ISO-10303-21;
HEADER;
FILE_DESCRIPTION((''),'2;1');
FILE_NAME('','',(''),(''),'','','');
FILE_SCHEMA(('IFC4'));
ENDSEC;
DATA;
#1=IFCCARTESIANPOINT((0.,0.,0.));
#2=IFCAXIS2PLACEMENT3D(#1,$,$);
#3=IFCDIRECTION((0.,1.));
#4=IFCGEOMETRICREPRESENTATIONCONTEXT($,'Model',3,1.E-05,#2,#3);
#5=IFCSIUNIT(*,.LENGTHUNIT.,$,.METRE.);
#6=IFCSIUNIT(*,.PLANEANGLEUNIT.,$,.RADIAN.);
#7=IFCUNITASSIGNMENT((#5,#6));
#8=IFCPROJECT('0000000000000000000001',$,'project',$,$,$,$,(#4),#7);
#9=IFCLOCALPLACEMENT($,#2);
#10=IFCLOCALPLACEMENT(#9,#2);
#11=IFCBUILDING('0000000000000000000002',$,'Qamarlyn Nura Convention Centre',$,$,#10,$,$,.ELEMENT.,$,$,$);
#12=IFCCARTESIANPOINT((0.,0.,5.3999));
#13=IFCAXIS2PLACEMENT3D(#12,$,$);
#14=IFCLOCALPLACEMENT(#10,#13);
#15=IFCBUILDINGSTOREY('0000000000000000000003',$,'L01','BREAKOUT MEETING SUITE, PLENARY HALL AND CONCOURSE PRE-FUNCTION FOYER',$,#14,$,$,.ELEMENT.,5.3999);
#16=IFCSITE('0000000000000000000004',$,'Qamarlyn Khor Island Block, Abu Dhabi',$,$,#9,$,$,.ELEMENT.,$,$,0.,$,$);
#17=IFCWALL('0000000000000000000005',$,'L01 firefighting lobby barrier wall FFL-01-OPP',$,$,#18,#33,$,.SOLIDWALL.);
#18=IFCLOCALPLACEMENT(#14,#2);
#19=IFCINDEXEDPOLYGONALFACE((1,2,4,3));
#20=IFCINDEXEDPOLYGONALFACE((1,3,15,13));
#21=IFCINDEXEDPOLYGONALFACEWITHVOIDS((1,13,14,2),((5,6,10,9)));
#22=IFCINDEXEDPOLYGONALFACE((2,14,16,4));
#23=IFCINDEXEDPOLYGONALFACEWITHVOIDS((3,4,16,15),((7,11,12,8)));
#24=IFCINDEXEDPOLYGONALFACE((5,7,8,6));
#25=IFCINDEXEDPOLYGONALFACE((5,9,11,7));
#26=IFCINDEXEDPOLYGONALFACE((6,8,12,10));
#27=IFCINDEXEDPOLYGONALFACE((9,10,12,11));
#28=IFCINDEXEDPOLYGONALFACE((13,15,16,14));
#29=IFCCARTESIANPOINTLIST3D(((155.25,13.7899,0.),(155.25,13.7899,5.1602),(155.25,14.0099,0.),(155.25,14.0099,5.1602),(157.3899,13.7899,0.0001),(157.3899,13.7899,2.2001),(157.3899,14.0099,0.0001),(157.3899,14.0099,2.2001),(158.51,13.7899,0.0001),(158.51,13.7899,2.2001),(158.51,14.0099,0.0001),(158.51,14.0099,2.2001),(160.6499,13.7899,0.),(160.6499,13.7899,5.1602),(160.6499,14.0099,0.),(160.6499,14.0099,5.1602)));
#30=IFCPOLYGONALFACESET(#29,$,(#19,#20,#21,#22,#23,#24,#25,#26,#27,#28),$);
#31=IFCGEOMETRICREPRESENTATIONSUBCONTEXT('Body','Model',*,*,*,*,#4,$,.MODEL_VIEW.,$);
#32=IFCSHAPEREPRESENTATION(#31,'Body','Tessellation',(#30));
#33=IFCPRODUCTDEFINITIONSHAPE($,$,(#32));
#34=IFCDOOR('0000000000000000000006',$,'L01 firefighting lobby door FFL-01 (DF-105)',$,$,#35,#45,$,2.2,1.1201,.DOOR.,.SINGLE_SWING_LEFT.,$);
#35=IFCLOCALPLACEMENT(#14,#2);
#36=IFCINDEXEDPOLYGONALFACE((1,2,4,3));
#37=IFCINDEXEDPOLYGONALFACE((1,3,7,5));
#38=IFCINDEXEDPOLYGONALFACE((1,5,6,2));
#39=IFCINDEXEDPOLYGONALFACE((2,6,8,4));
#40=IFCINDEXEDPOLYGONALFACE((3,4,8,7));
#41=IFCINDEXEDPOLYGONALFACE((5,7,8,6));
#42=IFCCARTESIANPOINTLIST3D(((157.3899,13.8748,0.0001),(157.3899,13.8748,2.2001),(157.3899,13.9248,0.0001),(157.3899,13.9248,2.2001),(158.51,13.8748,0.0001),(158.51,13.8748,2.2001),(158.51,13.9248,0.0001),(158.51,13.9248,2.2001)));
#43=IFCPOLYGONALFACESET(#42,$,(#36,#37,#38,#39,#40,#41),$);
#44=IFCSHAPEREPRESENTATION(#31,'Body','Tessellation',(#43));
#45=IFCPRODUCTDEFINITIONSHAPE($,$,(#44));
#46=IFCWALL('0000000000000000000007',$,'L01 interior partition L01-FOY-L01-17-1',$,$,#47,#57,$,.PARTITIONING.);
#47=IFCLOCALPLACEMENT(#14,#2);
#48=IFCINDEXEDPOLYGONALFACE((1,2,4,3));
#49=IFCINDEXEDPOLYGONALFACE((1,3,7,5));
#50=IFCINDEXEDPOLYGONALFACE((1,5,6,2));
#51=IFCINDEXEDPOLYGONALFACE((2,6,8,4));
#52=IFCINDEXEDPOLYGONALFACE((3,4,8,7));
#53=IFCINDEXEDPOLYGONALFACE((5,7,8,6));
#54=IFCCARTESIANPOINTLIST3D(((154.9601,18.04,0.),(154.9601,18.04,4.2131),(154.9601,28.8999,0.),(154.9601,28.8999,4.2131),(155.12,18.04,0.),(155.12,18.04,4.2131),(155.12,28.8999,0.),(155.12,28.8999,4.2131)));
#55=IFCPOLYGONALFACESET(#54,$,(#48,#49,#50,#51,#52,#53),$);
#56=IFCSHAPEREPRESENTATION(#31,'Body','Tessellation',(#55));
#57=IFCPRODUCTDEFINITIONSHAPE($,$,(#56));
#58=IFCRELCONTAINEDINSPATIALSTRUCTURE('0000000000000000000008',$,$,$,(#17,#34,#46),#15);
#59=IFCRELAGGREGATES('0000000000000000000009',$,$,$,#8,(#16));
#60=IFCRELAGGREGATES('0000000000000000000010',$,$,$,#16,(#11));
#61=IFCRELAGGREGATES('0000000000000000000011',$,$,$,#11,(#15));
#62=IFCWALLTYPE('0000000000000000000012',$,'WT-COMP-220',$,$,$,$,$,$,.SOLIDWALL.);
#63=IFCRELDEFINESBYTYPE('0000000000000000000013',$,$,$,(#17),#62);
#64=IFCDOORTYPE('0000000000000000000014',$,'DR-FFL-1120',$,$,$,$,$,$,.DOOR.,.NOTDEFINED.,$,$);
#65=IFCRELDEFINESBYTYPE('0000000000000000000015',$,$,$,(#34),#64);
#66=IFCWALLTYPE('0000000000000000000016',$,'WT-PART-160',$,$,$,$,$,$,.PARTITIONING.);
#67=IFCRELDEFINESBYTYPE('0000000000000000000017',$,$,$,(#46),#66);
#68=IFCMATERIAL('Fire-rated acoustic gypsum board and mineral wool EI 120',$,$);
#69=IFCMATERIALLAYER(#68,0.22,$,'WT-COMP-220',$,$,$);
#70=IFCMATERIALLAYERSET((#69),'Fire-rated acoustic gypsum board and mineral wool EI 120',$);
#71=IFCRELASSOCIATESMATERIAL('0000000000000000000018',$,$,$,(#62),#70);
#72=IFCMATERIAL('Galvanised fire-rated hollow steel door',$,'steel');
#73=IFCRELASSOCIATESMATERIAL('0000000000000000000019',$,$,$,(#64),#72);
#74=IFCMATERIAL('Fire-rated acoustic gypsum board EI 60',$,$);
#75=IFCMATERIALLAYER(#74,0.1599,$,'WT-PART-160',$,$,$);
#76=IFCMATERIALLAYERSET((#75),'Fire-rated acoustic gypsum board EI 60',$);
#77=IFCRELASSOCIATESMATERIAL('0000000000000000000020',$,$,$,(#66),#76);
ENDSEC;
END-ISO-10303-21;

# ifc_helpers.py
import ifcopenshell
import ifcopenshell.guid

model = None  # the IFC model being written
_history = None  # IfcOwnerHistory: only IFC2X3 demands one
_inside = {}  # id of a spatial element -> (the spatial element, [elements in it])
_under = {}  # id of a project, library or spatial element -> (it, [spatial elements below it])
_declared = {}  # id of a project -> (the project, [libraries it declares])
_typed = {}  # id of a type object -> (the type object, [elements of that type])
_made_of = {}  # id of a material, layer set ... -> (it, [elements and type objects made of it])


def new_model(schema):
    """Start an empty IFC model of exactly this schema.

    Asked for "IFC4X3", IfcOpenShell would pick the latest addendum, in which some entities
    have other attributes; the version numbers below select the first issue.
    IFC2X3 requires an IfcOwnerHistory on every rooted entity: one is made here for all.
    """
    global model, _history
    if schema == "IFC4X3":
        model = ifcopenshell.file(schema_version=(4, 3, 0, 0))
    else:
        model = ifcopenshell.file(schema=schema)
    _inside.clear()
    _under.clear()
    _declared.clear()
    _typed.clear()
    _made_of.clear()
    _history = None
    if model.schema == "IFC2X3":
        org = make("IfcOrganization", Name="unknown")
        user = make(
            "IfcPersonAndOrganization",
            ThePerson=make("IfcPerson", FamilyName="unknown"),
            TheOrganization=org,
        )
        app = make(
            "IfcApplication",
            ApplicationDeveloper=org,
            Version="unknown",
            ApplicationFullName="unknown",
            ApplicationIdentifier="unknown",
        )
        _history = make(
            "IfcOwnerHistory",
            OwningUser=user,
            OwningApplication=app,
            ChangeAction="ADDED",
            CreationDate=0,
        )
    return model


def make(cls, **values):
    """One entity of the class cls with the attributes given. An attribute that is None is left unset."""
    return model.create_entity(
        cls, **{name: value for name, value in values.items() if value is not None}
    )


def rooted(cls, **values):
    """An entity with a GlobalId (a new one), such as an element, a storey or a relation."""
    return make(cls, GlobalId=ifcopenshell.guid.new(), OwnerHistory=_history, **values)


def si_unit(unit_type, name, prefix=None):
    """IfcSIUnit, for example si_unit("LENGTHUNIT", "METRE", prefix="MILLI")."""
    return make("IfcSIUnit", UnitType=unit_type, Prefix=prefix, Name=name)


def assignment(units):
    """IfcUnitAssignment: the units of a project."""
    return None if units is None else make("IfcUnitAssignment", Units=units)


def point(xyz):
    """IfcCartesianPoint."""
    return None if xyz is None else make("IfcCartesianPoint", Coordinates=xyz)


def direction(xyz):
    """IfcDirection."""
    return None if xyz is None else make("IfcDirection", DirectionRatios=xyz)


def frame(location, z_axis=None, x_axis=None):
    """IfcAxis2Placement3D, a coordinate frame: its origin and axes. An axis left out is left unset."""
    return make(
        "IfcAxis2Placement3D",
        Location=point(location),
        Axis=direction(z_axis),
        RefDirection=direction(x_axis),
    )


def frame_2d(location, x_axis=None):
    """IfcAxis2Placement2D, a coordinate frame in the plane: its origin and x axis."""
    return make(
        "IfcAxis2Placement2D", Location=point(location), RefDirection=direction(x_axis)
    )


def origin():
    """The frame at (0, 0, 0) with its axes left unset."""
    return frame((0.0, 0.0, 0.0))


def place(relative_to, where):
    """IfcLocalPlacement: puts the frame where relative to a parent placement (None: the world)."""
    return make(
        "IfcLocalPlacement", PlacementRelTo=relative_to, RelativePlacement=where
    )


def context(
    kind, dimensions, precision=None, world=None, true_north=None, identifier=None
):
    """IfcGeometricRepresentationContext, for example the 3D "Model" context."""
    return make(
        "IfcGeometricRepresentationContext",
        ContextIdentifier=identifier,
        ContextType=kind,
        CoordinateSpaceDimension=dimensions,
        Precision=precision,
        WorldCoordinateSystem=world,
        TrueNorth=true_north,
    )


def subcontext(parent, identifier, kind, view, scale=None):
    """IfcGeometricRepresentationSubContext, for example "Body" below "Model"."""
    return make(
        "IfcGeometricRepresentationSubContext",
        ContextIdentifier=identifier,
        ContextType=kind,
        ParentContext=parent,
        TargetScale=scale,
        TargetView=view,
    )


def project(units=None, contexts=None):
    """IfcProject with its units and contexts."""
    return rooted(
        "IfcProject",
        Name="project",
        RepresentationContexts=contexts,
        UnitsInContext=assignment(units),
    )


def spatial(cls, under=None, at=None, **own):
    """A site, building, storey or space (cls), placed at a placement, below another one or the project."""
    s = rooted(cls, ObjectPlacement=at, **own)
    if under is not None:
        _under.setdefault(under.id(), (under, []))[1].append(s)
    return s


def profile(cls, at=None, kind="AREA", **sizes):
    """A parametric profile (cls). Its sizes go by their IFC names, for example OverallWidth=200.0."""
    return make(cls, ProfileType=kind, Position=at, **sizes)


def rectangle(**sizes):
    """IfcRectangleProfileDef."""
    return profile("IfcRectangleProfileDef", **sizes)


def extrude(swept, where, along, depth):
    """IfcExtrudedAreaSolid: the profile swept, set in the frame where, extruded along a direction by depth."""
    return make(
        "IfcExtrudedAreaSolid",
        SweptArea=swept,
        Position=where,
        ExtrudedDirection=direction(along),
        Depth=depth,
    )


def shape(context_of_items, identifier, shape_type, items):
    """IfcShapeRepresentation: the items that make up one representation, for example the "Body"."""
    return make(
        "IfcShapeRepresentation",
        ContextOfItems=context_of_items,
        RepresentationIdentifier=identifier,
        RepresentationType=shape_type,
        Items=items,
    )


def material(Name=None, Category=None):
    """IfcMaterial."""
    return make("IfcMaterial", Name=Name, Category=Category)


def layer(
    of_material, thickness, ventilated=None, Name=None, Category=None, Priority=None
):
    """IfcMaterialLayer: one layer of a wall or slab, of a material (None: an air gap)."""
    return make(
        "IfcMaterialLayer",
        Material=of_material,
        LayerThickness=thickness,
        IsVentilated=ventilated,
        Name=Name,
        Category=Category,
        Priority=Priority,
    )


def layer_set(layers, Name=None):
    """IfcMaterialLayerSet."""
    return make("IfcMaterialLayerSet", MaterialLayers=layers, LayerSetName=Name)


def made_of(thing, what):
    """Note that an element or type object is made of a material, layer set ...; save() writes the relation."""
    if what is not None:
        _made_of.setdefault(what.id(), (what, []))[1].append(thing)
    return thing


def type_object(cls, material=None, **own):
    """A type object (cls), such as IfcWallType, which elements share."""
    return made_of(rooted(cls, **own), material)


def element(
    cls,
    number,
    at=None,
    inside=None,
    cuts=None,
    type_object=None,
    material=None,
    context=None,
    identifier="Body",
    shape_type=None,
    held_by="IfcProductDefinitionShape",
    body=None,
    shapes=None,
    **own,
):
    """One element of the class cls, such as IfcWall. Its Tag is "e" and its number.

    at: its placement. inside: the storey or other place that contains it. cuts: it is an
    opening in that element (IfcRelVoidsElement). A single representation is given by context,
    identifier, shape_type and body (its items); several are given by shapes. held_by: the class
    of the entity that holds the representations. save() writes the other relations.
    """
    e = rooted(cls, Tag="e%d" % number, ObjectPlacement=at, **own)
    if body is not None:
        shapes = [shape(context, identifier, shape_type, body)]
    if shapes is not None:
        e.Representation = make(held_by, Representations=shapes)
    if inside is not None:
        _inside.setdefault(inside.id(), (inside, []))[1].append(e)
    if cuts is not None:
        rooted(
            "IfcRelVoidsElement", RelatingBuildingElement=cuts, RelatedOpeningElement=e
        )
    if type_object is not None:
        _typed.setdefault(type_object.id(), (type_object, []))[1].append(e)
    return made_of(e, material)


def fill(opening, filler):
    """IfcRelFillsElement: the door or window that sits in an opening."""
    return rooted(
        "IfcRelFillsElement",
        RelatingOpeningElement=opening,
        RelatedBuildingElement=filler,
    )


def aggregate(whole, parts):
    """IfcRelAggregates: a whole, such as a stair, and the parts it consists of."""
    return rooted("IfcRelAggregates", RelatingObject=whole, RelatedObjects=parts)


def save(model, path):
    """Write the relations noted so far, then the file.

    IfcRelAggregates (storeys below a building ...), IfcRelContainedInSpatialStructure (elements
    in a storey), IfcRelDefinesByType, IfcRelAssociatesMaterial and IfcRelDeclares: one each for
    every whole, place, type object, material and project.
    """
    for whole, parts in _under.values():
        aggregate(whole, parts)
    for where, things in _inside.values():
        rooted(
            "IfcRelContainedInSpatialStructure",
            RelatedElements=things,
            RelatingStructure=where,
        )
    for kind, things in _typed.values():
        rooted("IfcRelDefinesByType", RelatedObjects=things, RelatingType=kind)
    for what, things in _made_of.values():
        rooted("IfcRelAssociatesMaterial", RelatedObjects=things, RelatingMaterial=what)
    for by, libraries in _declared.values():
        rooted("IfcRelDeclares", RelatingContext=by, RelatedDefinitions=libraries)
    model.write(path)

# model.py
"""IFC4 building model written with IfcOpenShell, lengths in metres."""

from ifc_helpers import new_model, si_unit, direction, frame, frame_2d, origin, place, context, subcontext, project, spatial, rectangle, extrude, material, layer, layer_set, type_object, element, fill, save


model = new_model("IFC4")

# Units and contexts
model_context = context("Model", 3, precision=1e-05, world=origin(), true_north=direction((0.0, 1.0)))
body_context = subcontext(model_context, "Body", "Model", "MODEL_VIEW")
ifc_project = project(units=[si_unit("LENGTHUNIT", "METRE"), si_unit("PLANEANGLEUNIT", "RADIAN")], contexts=[model_context])

# Site, building, storey
site_placement = place(None, origin())
site = spatial("IfcSite", under=ifc_project, at=site_placement, Name="Qamarlyn Khor Island Block, Abu Dhabi", CompositionType="ELEMENT", RefElevation=0.0)
building_placement = place(site_placement, origin())
building = spatial("IfcBuilding", under=site, at=building_placement, Name="Qamarlyn Nura Convention Centre", CompositionType="ELEMENT")
storey_placement = place(building_placement, frame((0.0, 0.0, 5.3999)))
storey = spatial("IfcBuildingStorey", under=building, at=storey_placement, Name="L01", Description="BREAKOUT MEETING SUITE, PLENARY HALL AND CONCOURSE PRE-FUNCTION FOYER", CompositionType="ELEMENT", Elevation=5.3999)

# Wall, opening, door
ifc_material_1 = material(Name="Fire-rated acoustic gypsum board and mineral wool EI 120")
ifc_layer_1 = layer(ifc_material_1, 0.22, Name="WT-COMP-220")
ifc_layer_set_1 = layer_set([ifc_layer_1], Name="Fire-rated acoustic gypsum board and mineral wool EI 120")
wall_type_1 = type_object("IfcWallType", Name="WT-COMP-220", PredefinedType="SOLIDWALL", material=ifc_layer_set_1)
wall_1_placement = place(storey_placement, frame((155.25, 13.8999, 0.0), z_axis=(0.0, 0.0, 1.0), x_axis=(1.0, 0.0, 0.0)))
wall_1 = element("IfcWall", 1, at=wall_1_placement, inside=storey, type_object=wall_type_1, Name="L01 firefighting lobby barrier wall FFL-01-OPP", PredefinedType="SOLIDWALL", context=body_context, shape_type="SweptSolid", body=[
    extrude(rectangle(XDim=5.3999, YDim=0.22, at=frame_2d((2.7, 0.0))), origin(), (0.0, 0.0, 1.0), 5.1602),
])
opening_placement = place(wall_1_placement, frame((2.1399, 0.0, 0.0)))
opening = element("IfcOpeningElement", 2, at=opening_placement, cuts=wall_1, PredefinedType="OPENING", context=body_context, shape_type="SweptSolid", body=[
    extrude(rectangle(XDim=1.1201, YDim=2.2, at=frame_2d((0.5601, 1.1001))), frame((0.0, 0.1201, 0.0), z_axis=(0.0, -1.0, 0.0), x_axis=(1.0, 0.0, 0.0)), (0.0, 0.0, 1.0), 0.24),
])
ifc_material_2 = material(Name="Galvanised fire-rated hollow steel door", Category="steel")
door_type = type_object("IfcDoorType", Name="DR-FFL-1120", OperationType="NOTDEFINED", PredefinedType="DOOR", material=ifc_material_2)
door_placement = place(opening_placement, origin())
door = element("IfcDoor", 3, at=door_placement, inside=storey, type_object=door_type, Name="L01 firefighting lobby door FFL-01 (DF-105)", OperationType="SINGLE_SWING_LEFT", OverallHeight=2.2, OverallWidth=1.1201, PredefinedType="DOOR", context=body_context, shape_type="SweptSolid", body=[
    extrude(rectangle(XDim=1.1201, YDim=2.2, at=frame_2d((0.5601, 1.1001))), frame((0.0, 0.0249, 0.0), z_axis=(0.0, -1.0, 0.0), x_axis=(1.0, 0.0, 0.0)), (0.0, 0.0, 1.0), 0.05),
])
fill(opening, door)

# Wall
ifc_material_3 = material(Name="Fire-rated acoustic gypsum board EI 60")
ifc_layer_2 = layer(ifc_material_3, 0.1599, Name="WT-PART-160")
ifc_layer_set_2 = layer_set([ifc_layer_2], Name="Fire-rated acoustic gypsum board EI 60")
wall_type_2 = type_object("IfcWallType", Name="WT-PART-160", PredefinedType="PARTITIONING", material=ifc_layer_set_2)
wall_2_placement = place(storey_placement, frame((155.04, 18.04, 0.0), z_axis=(0.0, 0.0, 1.0), x_axis=(0.0, 1.0, 0.0)))
element("IfcWall", 4, at=wall_2_placement, inside=storey, type_object=wall_type_2, Name="L01 interior partition L01-FOY-L01-17-1", PredefinedType="PARTITIONING", context=body_context, shape_type="SweptSolid", body=[
    extrude(rectangle(XDim=10.8599, YDim=0.1599, at=frame_2d((5.4299, 0.0))), origin(), (0.0, 0.0, 1.0), 4.2131),
])

save(model, "model.ifc")
